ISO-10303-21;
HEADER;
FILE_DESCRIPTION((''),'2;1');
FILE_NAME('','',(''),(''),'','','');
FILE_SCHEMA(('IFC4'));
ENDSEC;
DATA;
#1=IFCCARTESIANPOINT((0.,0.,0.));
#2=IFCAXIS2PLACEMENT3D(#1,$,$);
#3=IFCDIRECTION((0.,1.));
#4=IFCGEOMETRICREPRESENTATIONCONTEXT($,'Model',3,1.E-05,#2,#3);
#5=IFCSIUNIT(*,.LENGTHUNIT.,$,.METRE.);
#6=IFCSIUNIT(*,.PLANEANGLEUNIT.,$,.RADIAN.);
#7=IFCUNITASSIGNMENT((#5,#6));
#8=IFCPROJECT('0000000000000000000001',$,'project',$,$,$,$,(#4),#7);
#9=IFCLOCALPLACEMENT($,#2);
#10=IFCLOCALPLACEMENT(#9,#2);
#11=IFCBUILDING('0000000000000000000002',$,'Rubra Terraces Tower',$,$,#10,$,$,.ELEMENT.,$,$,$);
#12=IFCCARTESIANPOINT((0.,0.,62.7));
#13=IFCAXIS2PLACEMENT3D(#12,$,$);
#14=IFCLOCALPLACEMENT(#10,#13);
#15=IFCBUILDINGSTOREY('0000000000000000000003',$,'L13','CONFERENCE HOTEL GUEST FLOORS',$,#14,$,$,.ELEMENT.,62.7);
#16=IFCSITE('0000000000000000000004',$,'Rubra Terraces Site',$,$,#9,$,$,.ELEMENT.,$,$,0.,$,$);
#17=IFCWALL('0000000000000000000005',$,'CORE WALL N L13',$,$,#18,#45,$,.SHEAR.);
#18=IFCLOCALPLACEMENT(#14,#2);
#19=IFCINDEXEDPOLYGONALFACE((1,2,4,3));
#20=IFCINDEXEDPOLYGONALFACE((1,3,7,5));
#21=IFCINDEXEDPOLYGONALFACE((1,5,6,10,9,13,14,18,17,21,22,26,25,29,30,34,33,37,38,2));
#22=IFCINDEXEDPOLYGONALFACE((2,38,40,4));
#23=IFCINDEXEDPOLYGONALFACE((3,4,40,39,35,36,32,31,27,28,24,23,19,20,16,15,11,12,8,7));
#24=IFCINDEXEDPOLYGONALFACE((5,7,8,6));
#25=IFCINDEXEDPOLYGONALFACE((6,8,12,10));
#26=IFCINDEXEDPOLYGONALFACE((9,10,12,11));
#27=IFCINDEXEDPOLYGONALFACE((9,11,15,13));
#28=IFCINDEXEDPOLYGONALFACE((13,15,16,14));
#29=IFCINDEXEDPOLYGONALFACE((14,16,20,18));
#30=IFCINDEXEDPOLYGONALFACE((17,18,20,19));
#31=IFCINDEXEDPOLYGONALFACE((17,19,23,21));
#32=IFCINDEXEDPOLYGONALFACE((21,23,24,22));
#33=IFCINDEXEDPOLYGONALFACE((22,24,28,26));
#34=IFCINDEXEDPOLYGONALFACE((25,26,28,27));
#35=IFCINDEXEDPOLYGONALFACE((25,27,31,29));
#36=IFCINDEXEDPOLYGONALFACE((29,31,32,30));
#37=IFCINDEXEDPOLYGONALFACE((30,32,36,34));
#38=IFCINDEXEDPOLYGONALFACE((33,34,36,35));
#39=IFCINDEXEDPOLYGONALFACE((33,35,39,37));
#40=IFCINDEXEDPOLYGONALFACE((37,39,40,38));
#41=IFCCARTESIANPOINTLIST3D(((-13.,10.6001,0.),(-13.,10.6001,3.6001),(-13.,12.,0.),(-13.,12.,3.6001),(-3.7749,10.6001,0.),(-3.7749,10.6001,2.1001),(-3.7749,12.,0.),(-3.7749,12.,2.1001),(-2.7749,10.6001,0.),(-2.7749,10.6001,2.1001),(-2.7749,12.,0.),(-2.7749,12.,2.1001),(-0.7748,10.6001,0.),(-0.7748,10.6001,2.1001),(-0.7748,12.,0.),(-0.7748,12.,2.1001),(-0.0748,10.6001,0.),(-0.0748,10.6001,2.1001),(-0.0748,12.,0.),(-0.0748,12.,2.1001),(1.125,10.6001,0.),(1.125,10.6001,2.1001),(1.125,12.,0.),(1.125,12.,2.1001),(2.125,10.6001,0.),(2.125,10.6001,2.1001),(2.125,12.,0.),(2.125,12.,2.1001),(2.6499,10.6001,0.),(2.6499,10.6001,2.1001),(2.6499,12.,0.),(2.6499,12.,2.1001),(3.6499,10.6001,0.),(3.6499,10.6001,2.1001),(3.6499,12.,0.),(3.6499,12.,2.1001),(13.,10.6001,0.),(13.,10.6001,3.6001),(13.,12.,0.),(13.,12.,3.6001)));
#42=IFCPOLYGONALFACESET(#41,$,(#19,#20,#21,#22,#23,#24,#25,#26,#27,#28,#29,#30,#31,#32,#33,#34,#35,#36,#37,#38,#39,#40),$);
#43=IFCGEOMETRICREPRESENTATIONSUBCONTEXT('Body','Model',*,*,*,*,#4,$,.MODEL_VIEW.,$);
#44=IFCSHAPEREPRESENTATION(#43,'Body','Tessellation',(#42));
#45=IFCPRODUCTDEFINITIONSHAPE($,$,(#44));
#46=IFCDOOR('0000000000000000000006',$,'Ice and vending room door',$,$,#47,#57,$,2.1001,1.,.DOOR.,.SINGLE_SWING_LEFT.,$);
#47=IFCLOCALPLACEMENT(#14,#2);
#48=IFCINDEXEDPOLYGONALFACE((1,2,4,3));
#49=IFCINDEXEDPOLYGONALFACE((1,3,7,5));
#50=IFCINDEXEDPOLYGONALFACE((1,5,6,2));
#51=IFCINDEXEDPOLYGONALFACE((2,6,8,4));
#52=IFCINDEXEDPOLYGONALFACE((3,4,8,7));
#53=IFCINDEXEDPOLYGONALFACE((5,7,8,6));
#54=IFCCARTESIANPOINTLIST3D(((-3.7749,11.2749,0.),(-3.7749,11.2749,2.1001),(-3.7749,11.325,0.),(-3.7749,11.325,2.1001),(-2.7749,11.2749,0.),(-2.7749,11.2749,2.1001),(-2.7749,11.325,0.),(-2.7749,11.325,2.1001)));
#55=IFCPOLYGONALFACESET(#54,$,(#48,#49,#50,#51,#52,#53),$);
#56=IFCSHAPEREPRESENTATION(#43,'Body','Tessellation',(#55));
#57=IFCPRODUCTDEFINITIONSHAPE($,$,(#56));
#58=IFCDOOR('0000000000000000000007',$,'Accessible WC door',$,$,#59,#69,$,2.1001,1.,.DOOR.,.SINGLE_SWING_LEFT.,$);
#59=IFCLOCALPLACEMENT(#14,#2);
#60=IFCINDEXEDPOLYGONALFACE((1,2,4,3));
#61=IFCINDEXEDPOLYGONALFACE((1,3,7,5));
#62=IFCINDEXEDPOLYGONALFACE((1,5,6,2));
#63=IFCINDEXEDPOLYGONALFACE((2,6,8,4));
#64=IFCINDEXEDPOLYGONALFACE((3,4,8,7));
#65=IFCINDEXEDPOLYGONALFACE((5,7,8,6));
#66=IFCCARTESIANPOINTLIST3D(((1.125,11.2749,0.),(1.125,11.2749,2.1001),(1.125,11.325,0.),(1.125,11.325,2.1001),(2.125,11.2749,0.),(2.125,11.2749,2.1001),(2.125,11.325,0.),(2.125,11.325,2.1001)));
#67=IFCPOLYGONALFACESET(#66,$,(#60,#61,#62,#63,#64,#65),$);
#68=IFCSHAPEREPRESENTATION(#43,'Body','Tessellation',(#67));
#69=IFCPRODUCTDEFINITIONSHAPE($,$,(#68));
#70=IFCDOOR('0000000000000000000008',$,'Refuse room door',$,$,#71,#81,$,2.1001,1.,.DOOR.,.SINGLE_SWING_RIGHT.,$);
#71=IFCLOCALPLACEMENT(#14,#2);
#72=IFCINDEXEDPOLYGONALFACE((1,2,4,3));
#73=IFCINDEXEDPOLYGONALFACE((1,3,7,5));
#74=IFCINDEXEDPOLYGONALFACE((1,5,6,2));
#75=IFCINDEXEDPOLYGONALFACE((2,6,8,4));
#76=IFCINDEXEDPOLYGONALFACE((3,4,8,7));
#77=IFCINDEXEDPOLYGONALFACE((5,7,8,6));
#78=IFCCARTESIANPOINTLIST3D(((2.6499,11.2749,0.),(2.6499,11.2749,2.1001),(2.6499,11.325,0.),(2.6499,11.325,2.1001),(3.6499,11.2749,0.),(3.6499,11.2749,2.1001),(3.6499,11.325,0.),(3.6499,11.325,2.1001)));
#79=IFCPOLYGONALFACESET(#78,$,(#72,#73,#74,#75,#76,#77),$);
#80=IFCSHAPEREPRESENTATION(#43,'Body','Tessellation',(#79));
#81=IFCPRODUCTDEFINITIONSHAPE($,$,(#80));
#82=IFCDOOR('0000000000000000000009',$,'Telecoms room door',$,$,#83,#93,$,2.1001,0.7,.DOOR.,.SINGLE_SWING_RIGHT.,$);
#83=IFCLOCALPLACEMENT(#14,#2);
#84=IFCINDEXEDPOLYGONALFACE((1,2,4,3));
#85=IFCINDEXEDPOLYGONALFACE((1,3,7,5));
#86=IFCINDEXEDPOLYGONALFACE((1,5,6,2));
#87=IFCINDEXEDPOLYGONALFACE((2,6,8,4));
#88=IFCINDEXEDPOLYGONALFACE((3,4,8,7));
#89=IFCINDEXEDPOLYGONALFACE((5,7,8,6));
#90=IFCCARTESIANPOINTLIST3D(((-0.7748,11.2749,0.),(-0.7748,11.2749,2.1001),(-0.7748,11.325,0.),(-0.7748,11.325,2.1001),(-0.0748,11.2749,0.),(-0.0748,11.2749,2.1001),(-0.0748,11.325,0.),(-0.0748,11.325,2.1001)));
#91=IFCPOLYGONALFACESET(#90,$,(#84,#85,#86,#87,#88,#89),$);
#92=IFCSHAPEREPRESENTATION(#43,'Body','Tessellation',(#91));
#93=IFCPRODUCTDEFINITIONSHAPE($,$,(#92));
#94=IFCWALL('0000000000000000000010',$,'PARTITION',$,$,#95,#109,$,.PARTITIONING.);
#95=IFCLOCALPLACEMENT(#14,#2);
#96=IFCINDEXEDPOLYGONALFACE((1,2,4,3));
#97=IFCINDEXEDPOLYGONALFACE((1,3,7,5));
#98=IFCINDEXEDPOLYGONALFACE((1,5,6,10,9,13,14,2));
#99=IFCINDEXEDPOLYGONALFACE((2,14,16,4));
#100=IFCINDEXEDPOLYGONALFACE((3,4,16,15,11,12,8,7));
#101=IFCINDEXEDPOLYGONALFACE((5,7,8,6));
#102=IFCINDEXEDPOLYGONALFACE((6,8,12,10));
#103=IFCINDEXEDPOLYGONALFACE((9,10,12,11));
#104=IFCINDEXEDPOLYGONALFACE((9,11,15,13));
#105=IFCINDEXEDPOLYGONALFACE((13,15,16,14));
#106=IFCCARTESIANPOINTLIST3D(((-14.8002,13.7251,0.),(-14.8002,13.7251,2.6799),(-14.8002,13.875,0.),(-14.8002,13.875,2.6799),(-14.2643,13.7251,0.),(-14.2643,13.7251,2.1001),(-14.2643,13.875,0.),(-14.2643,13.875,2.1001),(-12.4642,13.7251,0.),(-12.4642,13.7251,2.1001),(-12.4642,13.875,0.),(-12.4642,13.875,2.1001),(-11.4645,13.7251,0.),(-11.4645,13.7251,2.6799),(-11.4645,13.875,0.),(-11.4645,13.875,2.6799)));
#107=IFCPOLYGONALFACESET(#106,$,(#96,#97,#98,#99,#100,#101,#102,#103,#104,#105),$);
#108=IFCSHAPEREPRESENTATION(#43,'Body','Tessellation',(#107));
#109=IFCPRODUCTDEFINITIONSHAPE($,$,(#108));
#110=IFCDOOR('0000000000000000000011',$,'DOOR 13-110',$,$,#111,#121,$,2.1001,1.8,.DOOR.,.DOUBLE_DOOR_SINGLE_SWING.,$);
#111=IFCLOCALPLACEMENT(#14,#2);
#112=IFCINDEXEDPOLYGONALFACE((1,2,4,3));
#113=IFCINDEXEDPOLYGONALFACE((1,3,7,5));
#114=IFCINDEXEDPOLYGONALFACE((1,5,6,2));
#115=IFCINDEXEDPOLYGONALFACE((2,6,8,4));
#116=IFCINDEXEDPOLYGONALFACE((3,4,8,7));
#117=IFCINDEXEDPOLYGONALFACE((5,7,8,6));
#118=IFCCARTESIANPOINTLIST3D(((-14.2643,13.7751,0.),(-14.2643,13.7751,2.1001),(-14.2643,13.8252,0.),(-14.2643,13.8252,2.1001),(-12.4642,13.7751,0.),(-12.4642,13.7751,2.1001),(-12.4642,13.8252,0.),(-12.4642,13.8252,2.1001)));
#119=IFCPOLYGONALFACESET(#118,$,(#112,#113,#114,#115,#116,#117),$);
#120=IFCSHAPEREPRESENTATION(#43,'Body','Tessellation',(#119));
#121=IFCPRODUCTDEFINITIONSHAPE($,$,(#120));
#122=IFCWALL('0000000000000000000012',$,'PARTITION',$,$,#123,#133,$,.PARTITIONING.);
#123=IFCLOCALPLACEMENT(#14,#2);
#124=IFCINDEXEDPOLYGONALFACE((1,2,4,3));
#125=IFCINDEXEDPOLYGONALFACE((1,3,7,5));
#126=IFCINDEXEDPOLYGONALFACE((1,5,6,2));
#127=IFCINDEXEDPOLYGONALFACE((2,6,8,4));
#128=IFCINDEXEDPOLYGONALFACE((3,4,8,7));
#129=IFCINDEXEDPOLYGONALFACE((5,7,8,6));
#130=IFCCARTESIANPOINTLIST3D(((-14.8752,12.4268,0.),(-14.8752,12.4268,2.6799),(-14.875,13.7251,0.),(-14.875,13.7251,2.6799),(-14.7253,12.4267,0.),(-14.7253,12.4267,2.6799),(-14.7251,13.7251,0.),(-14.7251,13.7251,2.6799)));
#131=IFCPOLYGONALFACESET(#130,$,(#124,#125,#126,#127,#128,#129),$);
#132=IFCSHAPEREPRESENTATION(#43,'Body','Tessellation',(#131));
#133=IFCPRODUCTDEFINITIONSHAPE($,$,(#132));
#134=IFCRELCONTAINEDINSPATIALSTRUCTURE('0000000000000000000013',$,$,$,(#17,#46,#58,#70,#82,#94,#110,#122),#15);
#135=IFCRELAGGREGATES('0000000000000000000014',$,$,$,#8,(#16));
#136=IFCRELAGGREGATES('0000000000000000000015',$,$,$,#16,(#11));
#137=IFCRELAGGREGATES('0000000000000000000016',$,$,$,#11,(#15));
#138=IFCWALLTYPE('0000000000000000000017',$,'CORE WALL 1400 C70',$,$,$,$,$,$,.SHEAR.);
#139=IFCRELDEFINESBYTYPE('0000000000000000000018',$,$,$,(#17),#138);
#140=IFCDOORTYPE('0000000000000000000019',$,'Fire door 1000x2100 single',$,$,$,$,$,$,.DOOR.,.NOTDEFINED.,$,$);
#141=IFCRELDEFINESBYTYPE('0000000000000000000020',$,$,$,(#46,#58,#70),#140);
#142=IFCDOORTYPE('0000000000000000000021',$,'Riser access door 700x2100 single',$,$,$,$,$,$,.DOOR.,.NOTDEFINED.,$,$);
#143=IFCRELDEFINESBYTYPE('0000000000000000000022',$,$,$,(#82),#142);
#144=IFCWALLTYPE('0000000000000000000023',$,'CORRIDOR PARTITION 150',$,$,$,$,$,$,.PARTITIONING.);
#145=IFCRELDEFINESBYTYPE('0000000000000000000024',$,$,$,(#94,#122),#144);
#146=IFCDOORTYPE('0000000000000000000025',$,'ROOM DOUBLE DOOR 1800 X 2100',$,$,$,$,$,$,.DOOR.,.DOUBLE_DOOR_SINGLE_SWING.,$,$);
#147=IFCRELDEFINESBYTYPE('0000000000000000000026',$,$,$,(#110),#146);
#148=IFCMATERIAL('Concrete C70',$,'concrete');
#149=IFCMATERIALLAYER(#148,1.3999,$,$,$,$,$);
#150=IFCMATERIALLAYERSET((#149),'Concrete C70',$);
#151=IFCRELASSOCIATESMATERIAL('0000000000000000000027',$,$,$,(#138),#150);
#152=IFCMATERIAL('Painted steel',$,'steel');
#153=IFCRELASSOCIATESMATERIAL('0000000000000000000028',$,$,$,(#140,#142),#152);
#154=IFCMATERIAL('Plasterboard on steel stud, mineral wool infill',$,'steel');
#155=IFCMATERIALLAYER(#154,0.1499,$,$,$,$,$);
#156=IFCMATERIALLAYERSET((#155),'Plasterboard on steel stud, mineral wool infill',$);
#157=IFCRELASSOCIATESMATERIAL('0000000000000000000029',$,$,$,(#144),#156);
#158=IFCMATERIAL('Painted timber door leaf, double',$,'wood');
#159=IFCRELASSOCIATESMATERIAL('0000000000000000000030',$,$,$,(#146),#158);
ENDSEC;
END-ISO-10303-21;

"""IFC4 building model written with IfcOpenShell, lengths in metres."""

from ifc_helpers import new_model, si_unit, direction, frame, frame_2d, origin, place, context, subcontext, project, spatial, rectangle, extrude, material, layer, layer_set, type_object, element, fill, save


model = new_model("IFC4")

# Units and contexts
model_context = context("Model", 3, precision=1e-05, world=origin(), true_north=direction((0.0, 1.0)))
body_context = subcontext(model_context, "Body", "Model", "MODEL_VIEW")
ifc_project = project(units=[si_unit("LENGTHUNIT", "METRE"), si_unit("PLANEANGLEUNIT", "RADIAN")], contexts=[model_context])

# Site, building, storey
site_placement = place(None, origin())
site = spatial("IfcSite", under=ifc_project, at=site_placement, Name="Rubra Terraces Site", CompositionType="ELEMENT", RefElevation=0.0)
building_placement = place(site_placement, origin())
building = spatial("IfcBuilding", under=site, at=building_placement, Name="Rubra Terraces Tower", CompositionType="ELEMENT")
storey_placement = place(building_placement, frame((0.0, 0.0, 62.7)))
storey = spatial("IfcBuildingStorey", under=building, at=storey_placement, Name="L13", Description="CONFERENCE HOTEL GUEST FLOORS", CompositionType="ELEMENT", Elevation=62.7)

# Wall, openings, doors
ifc_material_1 = material(Name="Concrete C70", Category="concrete")
ifc_layer_1 = layer(ifc_material_1, 1.3999)
ifc_layer_set_1 = layer_set([ifc_layer_1], Name="Concrete C70")
wall_type_1 = type_object("IfcWallType", Name="CORE WALL 1400 C70", PredefinedType="SHEAR", material=ifc_layer_set_1)
wall_1_placement = place(storey_placement, frame((-13.0, 11.3, 0.0), z_axis=(0.0, 0.0, 1.0), x_axis=(1.0, 0.0, 0.0)))
wall_1 = element("IfcWall", 1, at=wall_1_placement, inside=storey, type_object=wall_type_1, Name="CORE WALL N L13", PredefinedType="SHEAR", context=body_context, shape_type="SweptSolid", body=[
    extrude(rectangle(XDim=26.0, YDim=1.3999, at=frame_2d((13.0, 0.0))), origin(), (0.0, 0.0, 1.0), 3.6001),
])
opening_1_placement = place(wall_1_placement, frame((9.2251, 0.0, 0.0)))
opening_1 = element("IfcOpeningElement", 2, at=opening_1_placement, cuts=wall_1, PredefinedType="OPENING", context=body_context, shape_type="SweptSolid", body=[
    extrude(rectangle(XDim=1.0, YDim=2.1001, at=frame_2d((0.5, 1.05))), frame((0.0, 0.71, 0.0), z_axis=(0.0, -1.0, 0.0), x_axis=(1.0, 0.0, 0.0)), (0.0, 0.0, 1.0), 1.4199),
])
opening_2_placement = place(wall_1_placement, frame((12.2251, 0.0, 0.0)))
opening_2 = element("IfcOpeningElement", 3, at=opening_2_placement, cuts=wall_1, PredefinedType="OPENING", context=body_context, shape_type="SweptSolid", body=[
    extrude(rectangle(XDim=0.7, YDim=2.1001, at=frame_2d((0.3501, 1.05))), frame((0.0, 0.71, 0.0), z_axis=(0.0, -1.0, 0.0), x_axis=(1.0, 0.0, 0.0)), (0.0, 0.0, 1.0), 1.4199),
])
opening_3_placement = place(wall_1_placement, frame((14.125, 0.0, 0.0)))
opening_3 = element("IfcOpeningElement", 4, at=opening_3_placement, cuts=wall_1, PredefinedType="OPENING", context=body_context, shape_type="SweptSolid", body=[
    extrude(rectangle(XDim=1.0, YDim=2.1001, at=frame_2d((0.5, 1.05))), frame((0.0, 0.71, 0.0), z_axis=(0.0, -1.0, 0.0), x_axis=(1.0, 0.0, 0.0)), (0.0, 0.0, 1.0), 1.4199),
])
opening_4_placement = place(wall_1_placement, frame((15.6499, 0.0, 0.0)))
opening_4 = element("IfcOpeningElement", 5, at=opening_4_placement, cuts=wall_1, PredefinedType="OPENING", context=body_context, shape_type="SweptSolid", body=[
    extrude(rectangle(XDim=1.0, YDim=2.1001, at=frame_2d((0.5, 1.05))), frame((0.0, 0.71, 0.0), z_axis=(0.0, -1.0, 0.0), x_axis=(1.0, 0.0, 0.0)), (0.0, 0.0, 1.0), 1.4199),
])
ifc_material_2 = material(Name="Painted steel", Category="steel")
door_type_1 = type_object("IfcDoorType", Name="Fire door 1000x2100 single", OperationType="NOTDEFINED", PredefinedType="DOOR", material=ifc_material_2)
door_1_placement = place(opening_1_placement, origin())
door_1 = element("IfcDoor", 6, at=door_1_placement, inside=storey, type_object=door_type_1, Name="Ice and vending room door", OperationType="SINGLE_SWING_LEFT", OverallHeight=2.1001, OverallWidth=1.0, PredefinedType="DOOR", context=body_context, shape_type="SweptSolid", body=[
    extrude(rectangle(XDim=1.0, YDim=2.1001, at=frame_2d((0.5, 1.05))), frame((0.0, 0.0249, 0.0), z_axis=(0.0, -1.0, 0.0), x_axis=(1.0, 0.0, 0.0)), (0.0, 0.0, 1.0), 0.05),
])
fill(opening_1, door_1)
door_2_placement = place(opening_3_placement, origin())
door_2 = element("IfcDoor", 7, at=door_2_placement, inside=storey, type_object=door_type_1, Name="Accessible WC door", OperationType="SINGLE_SWING_LEFT", OverallHeight=2.1001, OverallWidth=1.0, PredefinedType="DOOR", context=body_context, shape_type="SweptSolid", body=[
    extrude(rectangle(XDim=1.0, YDim=2.1001, at=frame_2d((0.5, 1.05))), frame((0.0, 0.0249, 0.0), z_axis=(0.0, -1.0, 0.0), x_axis=(1.0, 0.0, 0.0)), (0.0, 0.0, 1.0), 0.05),
])
fill(opening_3, door_2)
door_3_placement = place(opening_4_placement, origin())
door_3 = element("IfcDoor", 8, at=door_3_placement, inside=storey, type_object=door_type_1, Name="Refuse room door", OperationType="SINGLE_SWING_RIGHT", OverallHeight=2.1001, OverallWidth=1.0, PredefinedType="DOOR", context=body_context, shape_type="SweptSolid", body=[
    extrude(rectangle(XDim=1.0, YDim=2.1001, at=frame_2d((0.5, 1.05))), frame((0.0, 0.0249, 0.0), z_axis=(0.0, -1.0, 0.0), x_axis=(1.0, 0.0, 0.0)), (0.0, 0.0, 1.0), 0.05),
])
fill(opening_4, door_3)
door_type_2 = type_object("IfcDoorType", Name="Riser access door 700x2100 single", OperationType="NOTDEFINED", PredefinedType="DOOR", material=ifc_material_2)
door_4_placement = place(opening_2_placement, origin())
door_4 = element("IfcDoor", 9, at=door_4_placement, inside=storey, type_object=door_type_2, Name="Telecoms room door", OperationType="SINGLE_SWING_RIGHT", OverallHeight=2.1001, OverallWidth=0.7, PredefinedType="DOOR", context=body_context, shape_type="SweptSolid", body=[
    extrude(rectangle(XDim=0.7, YDim=2.1001, at=frame_2d((0.3501, 1.05))), frame((0.0, 0.0249, 0.0), z_axis=(0.0, -1.0, 0.0), x_axis=(1.0, 0.0, 0.0)), (0.0, 0.0, 1.0), 0.05),
])
fill(opening_2, door_4)

# Wall, opening, door
ifc_material_3 = material(Name="Plasterboard on steel stud, mineral wool infill", Category="steel")
ifc_layer_2 = layer(ifc_material_3, 0.1499)
ifc_layer_set_2 = layer_set([ifc_layer_2], Name="Plasterboard on steel stud, mineral wool infill")
wall_type_2 = type_object("IfcWallType", Name="CORRIDOR PARTITION 150", PredefinedType="PARTITIONING", material=ifc_layer_set_2)
wall_2_placement = place(storey_placement, frame((-11.4644, 13.8, 0.0), z_axis=(0.0, 0.0, 1.0), x_axis=(-1.0, 0.0, 0.0)))
wall_2 = element("IfcWall", 10, at=wall_2_placement, inside=storey, type_object=wall_type_2, Name="PARTITION", PredefinedType="PARTITIONING", context=body_context, shape_type="SweptSolid", body=[
    extrude(rectangle(XDim=3.3357, YDim=0.1499, at=frame_2d((1.668, 0.0))), origin(), (0.0, 0.0, 1.0), 2.6799),
])
opening_5_placement = place(wall_2_placement, frame((1.0, 0.0, 0.0)))
opening_5 = element("IfcOpeningElement", 11, at=opening_5_placement, cuts=wall_2, PredefinedType="OPENING", context=body_context, shape_type="SweptSolid", body=[
    extrude(rectangle(XDim=1.8, YDim=2.1001, at=frame_2d((0.8999, 1.05))), frame((0.0, 0.085, 0.0), z_axis=(0.0, -1.0, 0.0), x_axis=(1.0, 0.0, 0.0)), (0.0, 0.0, 1.0), 0.1699),
])
ifc_material_4 = material(Name="Painted timber door leaf, double", Category="wood")
door_type_3 = type_object("IfcDoorType", Name="ROOM DOUBLE DOOR 1800 X 2100", OperationType="DOUBLE_DOOR_SINGLE_SWING", PredefinedType="DOOR", material=ifc_material_4)
door_5_placement = place(opening_5_placement, origin())
door_5 = element("IfcDoor", 12, at=door_5_placement, inside=storey, type_object=door_type_3, Name="DOOR 13-110", OperationType="DOUBLE_DOOR_SINGLE_SWING", OverallHeight=2.1001, OverallWidth=1.8, PredefinedType="DOOR", context=body_context, shape_type="SweptSolid", body=[
    extrude(rectangle(XDim=1.8, YDim=2.1001, at=frame_2d((0.8999, 1.05))), frame((0.0, 0.0249, 0.0), z_axis=(0.0, -1.0, 0.0), x_axis=(1.0, 0.0, 0.0)), (0.0, 0.0, 1.0), 0.05),
])
fill(opening_5, door_5)

# Wall
wall_3_placement = place(storey_placement, frame((-14.8, 13.7251, 0.0), z_axis=(0.0, 0.0, 1.0), x_axis=(-0.000188, -1.0, 0.0)))
element("IfcWall", 13, at=wall_3_placement, inside=storey, type_object=wall_type_2, Name="PARTITION", PredefinedType="PARTITIONING", context=body_context, shape_type="SweptSolid", body=[
    extrude(rectangle(XDim=1.2983, YDim=0.1499, at=frame_2d((0.6492, 0.0))), origin(), (0.0, 0.0, 1.0), 2.6799),
])

save(model, "model.ifc")
